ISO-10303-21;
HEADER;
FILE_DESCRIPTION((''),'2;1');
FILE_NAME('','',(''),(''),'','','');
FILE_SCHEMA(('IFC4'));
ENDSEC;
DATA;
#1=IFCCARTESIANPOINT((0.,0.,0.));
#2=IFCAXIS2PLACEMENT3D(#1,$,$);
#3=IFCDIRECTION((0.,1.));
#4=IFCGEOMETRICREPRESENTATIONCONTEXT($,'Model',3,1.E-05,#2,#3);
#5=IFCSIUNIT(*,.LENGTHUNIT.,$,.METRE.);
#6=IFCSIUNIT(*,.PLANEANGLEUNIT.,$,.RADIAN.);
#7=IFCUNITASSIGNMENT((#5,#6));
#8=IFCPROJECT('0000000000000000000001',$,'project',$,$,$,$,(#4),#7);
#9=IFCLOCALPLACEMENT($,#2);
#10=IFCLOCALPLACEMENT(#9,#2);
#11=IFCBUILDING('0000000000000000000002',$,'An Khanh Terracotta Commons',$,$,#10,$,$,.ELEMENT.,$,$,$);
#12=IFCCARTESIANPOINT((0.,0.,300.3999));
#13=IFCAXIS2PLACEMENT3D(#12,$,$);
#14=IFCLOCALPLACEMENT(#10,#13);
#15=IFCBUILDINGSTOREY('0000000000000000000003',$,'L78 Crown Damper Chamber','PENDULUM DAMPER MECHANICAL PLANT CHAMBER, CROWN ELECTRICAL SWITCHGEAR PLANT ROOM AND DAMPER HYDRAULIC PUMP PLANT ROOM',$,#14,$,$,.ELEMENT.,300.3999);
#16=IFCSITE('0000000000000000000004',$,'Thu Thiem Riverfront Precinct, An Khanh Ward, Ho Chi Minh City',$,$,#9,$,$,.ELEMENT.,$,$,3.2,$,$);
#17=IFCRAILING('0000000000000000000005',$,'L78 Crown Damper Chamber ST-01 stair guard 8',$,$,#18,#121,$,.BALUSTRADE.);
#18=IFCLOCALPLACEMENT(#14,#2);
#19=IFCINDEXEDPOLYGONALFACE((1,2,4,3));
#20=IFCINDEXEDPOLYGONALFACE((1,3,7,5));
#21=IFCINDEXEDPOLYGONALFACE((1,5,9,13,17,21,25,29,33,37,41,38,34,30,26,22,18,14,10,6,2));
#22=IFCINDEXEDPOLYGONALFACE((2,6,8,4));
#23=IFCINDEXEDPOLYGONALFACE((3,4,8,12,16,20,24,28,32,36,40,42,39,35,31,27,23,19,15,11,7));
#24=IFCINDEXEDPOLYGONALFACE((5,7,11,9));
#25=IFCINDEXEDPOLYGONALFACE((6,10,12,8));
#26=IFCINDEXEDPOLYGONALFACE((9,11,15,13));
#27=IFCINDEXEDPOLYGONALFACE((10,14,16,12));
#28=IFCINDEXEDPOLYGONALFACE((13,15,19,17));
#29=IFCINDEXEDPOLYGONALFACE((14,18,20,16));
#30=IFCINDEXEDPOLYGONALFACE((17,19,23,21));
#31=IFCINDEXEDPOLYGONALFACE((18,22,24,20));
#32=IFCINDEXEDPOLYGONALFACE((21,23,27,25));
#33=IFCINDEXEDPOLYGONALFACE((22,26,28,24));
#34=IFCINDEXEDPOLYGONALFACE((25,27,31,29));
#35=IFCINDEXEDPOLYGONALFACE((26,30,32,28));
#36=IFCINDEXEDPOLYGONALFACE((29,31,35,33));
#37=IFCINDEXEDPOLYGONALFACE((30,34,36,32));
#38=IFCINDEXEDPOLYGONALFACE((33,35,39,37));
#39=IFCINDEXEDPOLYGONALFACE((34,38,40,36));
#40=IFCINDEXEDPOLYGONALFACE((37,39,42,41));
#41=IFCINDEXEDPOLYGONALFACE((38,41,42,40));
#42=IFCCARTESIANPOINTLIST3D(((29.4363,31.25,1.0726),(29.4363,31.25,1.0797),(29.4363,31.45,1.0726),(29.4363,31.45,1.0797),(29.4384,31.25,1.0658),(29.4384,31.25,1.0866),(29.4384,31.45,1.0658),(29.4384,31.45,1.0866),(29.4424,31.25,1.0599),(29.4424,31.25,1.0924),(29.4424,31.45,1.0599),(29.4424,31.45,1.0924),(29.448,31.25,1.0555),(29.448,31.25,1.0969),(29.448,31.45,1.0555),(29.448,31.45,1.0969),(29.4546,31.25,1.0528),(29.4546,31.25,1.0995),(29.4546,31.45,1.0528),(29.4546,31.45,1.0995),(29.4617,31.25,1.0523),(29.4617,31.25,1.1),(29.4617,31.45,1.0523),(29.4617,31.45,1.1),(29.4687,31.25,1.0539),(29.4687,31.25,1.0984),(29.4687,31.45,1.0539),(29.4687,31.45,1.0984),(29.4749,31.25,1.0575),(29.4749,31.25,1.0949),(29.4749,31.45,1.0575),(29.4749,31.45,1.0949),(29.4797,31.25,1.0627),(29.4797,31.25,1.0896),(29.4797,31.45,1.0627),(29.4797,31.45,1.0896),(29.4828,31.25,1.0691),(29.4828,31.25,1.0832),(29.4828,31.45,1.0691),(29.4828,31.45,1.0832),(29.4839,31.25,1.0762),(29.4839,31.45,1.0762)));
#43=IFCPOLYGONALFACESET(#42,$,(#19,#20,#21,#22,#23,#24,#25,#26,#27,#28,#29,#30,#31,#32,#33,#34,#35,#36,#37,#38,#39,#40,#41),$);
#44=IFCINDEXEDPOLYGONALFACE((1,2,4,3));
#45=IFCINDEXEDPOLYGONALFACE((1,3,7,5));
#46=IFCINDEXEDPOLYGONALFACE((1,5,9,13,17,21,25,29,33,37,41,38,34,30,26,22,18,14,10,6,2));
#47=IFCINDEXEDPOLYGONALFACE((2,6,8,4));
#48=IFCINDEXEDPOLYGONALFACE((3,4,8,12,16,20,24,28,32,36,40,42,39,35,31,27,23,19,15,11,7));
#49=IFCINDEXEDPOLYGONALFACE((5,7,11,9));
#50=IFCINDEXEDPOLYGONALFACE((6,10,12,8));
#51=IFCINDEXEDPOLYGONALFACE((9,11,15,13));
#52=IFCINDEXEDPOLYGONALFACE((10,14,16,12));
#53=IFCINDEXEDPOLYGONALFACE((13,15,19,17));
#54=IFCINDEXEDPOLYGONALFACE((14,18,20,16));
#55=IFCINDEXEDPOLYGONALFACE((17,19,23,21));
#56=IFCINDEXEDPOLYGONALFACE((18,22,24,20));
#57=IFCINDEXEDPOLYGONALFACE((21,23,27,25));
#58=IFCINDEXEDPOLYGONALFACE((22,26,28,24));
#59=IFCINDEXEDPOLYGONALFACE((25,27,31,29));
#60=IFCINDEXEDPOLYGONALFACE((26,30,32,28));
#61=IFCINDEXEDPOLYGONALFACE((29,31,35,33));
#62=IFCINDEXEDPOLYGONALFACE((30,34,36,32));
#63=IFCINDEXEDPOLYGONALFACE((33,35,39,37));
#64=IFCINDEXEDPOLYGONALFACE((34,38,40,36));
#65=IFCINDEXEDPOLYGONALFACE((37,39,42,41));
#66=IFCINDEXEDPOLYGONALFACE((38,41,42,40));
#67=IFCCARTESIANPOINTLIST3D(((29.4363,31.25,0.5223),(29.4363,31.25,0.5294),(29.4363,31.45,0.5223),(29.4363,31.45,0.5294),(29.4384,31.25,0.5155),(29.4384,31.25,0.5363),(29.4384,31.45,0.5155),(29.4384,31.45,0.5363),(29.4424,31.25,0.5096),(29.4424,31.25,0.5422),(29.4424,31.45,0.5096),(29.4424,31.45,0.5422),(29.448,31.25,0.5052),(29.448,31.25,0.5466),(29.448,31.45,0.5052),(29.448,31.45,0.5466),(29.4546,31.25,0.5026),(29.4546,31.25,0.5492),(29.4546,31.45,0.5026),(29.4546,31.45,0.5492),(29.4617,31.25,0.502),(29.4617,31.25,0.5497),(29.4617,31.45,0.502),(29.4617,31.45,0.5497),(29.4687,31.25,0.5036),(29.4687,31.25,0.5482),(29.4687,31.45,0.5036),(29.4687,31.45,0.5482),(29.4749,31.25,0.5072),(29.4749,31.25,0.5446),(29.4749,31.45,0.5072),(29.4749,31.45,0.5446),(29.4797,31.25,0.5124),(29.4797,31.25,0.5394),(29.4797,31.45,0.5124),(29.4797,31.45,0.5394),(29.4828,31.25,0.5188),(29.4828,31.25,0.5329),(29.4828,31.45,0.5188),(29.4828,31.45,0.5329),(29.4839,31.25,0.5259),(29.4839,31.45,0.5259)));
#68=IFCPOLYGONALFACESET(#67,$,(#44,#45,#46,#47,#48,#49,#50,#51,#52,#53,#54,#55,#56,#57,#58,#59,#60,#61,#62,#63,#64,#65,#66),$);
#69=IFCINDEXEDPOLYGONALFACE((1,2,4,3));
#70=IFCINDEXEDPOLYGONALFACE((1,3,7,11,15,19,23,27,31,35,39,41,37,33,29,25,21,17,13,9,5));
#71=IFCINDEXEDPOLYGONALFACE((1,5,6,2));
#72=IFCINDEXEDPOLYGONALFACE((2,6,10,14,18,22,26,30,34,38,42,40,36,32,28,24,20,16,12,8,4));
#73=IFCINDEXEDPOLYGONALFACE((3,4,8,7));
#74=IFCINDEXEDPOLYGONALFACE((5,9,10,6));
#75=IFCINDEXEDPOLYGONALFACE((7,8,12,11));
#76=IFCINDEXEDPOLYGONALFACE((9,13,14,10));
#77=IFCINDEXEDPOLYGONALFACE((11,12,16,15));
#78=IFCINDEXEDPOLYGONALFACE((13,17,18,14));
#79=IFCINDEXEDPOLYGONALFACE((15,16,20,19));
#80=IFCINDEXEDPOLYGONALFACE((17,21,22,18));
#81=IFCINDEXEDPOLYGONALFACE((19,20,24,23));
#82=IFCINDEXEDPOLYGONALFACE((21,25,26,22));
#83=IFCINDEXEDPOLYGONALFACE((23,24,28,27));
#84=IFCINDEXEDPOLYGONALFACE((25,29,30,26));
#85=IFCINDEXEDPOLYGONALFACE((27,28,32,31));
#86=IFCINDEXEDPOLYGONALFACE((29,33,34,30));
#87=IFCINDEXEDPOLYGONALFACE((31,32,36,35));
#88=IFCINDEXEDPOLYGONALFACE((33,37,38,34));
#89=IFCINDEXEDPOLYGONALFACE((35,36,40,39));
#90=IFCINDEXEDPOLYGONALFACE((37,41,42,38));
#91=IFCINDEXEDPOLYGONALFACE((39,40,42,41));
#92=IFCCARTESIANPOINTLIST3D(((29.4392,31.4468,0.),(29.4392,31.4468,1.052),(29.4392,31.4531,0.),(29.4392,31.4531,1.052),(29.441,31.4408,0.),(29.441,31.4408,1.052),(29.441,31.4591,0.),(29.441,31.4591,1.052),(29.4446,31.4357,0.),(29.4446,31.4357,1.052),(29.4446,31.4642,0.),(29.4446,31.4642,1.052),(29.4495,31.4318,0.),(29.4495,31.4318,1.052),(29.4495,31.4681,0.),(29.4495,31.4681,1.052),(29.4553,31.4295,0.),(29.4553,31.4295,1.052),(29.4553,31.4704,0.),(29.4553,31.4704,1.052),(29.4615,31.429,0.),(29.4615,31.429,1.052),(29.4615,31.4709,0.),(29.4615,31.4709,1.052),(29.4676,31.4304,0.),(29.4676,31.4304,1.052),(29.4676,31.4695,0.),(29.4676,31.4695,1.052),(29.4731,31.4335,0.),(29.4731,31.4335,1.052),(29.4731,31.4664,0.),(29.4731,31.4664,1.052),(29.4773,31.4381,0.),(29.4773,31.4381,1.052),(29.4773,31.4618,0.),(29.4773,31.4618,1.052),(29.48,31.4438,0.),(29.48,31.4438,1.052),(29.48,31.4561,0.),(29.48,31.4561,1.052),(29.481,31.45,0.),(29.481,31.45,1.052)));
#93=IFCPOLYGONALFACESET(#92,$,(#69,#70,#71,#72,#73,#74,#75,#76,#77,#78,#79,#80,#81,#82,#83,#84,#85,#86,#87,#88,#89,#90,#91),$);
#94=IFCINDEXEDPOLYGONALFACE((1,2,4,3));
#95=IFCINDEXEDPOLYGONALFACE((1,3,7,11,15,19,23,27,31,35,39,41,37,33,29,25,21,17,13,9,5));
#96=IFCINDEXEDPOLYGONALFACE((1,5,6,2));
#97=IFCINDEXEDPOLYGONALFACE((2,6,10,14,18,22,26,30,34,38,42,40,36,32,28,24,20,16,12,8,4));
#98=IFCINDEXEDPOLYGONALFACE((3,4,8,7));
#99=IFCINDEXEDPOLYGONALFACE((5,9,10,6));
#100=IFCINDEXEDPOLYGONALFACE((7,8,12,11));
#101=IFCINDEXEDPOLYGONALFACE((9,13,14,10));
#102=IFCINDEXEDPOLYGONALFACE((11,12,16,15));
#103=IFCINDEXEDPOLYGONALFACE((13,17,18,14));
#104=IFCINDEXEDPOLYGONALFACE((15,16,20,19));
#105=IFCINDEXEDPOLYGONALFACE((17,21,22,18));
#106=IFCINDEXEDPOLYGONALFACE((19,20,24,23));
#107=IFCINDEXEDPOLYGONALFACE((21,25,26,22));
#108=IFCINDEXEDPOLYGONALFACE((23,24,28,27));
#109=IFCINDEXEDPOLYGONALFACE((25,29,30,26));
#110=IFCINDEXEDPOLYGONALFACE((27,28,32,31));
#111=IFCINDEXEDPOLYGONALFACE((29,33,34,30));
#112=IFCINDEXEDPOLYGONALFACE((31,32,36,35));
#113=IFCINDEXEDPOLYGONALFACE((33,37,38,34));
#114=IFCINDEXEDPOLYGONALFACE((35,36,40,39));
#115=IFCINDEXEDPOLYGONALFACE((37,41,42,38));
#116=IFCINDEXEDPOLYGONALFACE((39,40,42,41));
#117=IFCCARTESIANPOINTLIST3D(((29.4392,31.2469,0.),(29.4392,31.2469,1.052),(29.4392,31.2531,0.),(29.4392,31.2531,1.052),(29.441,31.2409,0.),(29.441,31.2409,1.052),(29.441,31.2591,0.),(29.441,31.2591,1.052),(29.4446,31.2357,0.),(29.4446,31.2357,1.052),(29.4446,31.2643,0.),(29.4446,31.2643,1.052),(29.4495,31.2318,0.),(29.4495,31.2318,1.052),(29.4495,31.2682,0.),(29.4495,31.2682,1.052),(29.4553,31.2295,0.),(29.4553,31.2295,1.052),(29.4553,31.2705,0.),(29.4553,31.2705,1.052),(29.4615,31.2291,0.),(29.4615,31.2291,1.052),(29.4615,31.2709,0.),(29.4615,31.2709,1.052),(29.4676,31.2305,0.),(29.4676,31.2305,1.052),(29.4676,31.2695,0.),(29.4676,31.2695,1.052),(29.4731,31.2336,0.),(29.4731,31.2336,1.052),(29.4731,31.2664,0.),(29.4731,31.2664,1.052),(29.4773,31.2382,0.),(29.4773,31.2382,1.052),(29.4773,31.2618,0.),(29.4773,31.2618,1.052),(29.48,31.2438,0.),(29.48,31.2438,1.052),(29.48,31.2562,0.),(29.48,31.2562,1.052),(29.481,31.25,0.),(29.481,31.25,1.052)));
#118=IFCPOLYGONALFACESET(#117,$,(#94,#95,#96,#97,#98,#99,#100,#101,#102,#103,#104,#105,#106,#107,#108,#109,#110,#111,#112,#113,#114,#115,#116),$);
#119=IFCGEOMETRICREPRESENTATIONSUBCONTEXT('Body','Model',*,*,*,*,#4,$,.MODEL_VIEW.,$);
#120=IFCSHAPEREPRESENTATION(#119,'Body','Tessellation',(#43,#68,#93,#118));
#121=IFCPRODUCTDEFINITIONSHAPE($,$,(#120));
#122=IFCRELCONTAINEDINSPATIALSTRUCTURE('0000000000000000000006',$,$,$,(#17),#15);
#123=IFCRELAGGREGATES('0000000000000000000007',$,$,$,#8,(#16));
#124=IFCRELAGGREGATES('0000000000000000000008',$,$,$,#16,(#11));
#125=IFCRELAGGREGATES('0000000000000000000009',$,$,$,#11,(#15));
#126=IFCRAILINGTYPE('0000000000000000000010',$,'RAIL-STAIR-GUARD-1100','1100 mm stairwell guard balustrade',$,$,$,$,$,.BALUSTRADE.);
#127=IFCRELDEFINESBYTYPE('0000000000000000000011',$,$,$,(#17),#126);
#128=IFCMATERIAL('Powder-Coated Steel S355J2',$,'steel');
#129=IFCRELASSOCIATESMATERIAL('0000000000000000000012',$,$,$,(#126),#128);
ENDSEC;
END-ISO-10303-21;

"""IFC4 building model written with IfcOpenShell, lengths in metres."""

from ifc_helpers import new_model, si_unit, direction, frame, origin, origin_2d, place, context, subcontext, project, spatial, circle, extrude, material, type_object, element, save


model = new_model("IFC4")

# Units and contexts
model_context = context("Model", 3, precision=1e-05, world=origin(), true_north=direction((0.0, 1.0)))
body_context = subcontext(model_context, "Body", "Model", "MODEL_VIEW")
ifc_project = project(units=[si_unit("LENGTHUNIT", "METRE"), si_unit("PLANEANGLEUNIT", "RADIAN")], contexts=[model_context])

# Site, building, storey
site_placement = place(None, origin())
site = spatial("IfcSite", under=ifc_project, at=site_placement, Name="Thu Thiem Riverfront Precinct, An Khanh Ward, Ho Chi Minh City", CompositionType="ELEMENT", RefElevation=3.2)
building_placement = place(site_placement, origin())
building = spatial("IfcBuilding", under=site, at=building_placement, Name="An Khanh Terracotta Commons", CompositionType="ELEMENT")
storey_placement = place(building_placement, frame((0.0, 0.0, 300.3999)))
storey = spatial("IfcBuildingStorey", under=building, at=storey_placement, Name="L78 Crown Damper Chamber", Description="PENDULUM DAMPER MECHANICAL PLANT CHAMBER, CROWN ELECTRICAL SWITCHGEAR PLANT ROOM AND DAMPER HYDRAULIC PUMP PLANT ROOM", CompositionType="ELEMENT", Elevation=300.3999)

# Railing
ifc_material_1 = material(Name="Powder-Coated Steel S355J2", Category="steel")
railing_type = type_object("IfcRailingType", Name="RAIL-STAIR-GUARD-1100", Description="1100 mm stairwell guard balustrade", PredefinedType="BALUSTRADE", material=ifc_material_1)
railing_1_placement = place(storey_placement, frame((29.46, 31.45, 0.0)))
element("IfcRailing", 1, at=railing_1_placement, inside=storey, type_object=railing_type, Name="L78 Crown Damper Chamber ST-01 stair guard 8", PredefinedType="BALUSTRADE", context=body_context, shape_type="SweptSolid", body=[
    extrude(circle(Radius=0.0239, at=origin_2d()), frame((0.0, 0.0, 1.0762), z_axis=(0.0, -1.0, 0.0), x_axis=(1.0, 0.0, 0.0)), (0.0, 0.0, 1.0), 0.2),
    extrude(circle(Radius=0.0239, at=origin_2d()), frame((0.0, 0.0, 0.5259), z_axis=(0.0, -1.0, 0.0), x_axis=(1.0, 0.0, 0.0)), (0.0, 0.0, 1.0), 0.2),
    extrude(circle(Radius=0.021, at=origin_2d()), origin(), (0.0, 0.0, 1.0), 1.052),
    extrude(circle(Radius=0.021, at=origin_2d()), frame((0.0, -0.2, 0.0)), (0.0, 0.0, 1.0), 1.052),
])

save(model, "model.ifc")
